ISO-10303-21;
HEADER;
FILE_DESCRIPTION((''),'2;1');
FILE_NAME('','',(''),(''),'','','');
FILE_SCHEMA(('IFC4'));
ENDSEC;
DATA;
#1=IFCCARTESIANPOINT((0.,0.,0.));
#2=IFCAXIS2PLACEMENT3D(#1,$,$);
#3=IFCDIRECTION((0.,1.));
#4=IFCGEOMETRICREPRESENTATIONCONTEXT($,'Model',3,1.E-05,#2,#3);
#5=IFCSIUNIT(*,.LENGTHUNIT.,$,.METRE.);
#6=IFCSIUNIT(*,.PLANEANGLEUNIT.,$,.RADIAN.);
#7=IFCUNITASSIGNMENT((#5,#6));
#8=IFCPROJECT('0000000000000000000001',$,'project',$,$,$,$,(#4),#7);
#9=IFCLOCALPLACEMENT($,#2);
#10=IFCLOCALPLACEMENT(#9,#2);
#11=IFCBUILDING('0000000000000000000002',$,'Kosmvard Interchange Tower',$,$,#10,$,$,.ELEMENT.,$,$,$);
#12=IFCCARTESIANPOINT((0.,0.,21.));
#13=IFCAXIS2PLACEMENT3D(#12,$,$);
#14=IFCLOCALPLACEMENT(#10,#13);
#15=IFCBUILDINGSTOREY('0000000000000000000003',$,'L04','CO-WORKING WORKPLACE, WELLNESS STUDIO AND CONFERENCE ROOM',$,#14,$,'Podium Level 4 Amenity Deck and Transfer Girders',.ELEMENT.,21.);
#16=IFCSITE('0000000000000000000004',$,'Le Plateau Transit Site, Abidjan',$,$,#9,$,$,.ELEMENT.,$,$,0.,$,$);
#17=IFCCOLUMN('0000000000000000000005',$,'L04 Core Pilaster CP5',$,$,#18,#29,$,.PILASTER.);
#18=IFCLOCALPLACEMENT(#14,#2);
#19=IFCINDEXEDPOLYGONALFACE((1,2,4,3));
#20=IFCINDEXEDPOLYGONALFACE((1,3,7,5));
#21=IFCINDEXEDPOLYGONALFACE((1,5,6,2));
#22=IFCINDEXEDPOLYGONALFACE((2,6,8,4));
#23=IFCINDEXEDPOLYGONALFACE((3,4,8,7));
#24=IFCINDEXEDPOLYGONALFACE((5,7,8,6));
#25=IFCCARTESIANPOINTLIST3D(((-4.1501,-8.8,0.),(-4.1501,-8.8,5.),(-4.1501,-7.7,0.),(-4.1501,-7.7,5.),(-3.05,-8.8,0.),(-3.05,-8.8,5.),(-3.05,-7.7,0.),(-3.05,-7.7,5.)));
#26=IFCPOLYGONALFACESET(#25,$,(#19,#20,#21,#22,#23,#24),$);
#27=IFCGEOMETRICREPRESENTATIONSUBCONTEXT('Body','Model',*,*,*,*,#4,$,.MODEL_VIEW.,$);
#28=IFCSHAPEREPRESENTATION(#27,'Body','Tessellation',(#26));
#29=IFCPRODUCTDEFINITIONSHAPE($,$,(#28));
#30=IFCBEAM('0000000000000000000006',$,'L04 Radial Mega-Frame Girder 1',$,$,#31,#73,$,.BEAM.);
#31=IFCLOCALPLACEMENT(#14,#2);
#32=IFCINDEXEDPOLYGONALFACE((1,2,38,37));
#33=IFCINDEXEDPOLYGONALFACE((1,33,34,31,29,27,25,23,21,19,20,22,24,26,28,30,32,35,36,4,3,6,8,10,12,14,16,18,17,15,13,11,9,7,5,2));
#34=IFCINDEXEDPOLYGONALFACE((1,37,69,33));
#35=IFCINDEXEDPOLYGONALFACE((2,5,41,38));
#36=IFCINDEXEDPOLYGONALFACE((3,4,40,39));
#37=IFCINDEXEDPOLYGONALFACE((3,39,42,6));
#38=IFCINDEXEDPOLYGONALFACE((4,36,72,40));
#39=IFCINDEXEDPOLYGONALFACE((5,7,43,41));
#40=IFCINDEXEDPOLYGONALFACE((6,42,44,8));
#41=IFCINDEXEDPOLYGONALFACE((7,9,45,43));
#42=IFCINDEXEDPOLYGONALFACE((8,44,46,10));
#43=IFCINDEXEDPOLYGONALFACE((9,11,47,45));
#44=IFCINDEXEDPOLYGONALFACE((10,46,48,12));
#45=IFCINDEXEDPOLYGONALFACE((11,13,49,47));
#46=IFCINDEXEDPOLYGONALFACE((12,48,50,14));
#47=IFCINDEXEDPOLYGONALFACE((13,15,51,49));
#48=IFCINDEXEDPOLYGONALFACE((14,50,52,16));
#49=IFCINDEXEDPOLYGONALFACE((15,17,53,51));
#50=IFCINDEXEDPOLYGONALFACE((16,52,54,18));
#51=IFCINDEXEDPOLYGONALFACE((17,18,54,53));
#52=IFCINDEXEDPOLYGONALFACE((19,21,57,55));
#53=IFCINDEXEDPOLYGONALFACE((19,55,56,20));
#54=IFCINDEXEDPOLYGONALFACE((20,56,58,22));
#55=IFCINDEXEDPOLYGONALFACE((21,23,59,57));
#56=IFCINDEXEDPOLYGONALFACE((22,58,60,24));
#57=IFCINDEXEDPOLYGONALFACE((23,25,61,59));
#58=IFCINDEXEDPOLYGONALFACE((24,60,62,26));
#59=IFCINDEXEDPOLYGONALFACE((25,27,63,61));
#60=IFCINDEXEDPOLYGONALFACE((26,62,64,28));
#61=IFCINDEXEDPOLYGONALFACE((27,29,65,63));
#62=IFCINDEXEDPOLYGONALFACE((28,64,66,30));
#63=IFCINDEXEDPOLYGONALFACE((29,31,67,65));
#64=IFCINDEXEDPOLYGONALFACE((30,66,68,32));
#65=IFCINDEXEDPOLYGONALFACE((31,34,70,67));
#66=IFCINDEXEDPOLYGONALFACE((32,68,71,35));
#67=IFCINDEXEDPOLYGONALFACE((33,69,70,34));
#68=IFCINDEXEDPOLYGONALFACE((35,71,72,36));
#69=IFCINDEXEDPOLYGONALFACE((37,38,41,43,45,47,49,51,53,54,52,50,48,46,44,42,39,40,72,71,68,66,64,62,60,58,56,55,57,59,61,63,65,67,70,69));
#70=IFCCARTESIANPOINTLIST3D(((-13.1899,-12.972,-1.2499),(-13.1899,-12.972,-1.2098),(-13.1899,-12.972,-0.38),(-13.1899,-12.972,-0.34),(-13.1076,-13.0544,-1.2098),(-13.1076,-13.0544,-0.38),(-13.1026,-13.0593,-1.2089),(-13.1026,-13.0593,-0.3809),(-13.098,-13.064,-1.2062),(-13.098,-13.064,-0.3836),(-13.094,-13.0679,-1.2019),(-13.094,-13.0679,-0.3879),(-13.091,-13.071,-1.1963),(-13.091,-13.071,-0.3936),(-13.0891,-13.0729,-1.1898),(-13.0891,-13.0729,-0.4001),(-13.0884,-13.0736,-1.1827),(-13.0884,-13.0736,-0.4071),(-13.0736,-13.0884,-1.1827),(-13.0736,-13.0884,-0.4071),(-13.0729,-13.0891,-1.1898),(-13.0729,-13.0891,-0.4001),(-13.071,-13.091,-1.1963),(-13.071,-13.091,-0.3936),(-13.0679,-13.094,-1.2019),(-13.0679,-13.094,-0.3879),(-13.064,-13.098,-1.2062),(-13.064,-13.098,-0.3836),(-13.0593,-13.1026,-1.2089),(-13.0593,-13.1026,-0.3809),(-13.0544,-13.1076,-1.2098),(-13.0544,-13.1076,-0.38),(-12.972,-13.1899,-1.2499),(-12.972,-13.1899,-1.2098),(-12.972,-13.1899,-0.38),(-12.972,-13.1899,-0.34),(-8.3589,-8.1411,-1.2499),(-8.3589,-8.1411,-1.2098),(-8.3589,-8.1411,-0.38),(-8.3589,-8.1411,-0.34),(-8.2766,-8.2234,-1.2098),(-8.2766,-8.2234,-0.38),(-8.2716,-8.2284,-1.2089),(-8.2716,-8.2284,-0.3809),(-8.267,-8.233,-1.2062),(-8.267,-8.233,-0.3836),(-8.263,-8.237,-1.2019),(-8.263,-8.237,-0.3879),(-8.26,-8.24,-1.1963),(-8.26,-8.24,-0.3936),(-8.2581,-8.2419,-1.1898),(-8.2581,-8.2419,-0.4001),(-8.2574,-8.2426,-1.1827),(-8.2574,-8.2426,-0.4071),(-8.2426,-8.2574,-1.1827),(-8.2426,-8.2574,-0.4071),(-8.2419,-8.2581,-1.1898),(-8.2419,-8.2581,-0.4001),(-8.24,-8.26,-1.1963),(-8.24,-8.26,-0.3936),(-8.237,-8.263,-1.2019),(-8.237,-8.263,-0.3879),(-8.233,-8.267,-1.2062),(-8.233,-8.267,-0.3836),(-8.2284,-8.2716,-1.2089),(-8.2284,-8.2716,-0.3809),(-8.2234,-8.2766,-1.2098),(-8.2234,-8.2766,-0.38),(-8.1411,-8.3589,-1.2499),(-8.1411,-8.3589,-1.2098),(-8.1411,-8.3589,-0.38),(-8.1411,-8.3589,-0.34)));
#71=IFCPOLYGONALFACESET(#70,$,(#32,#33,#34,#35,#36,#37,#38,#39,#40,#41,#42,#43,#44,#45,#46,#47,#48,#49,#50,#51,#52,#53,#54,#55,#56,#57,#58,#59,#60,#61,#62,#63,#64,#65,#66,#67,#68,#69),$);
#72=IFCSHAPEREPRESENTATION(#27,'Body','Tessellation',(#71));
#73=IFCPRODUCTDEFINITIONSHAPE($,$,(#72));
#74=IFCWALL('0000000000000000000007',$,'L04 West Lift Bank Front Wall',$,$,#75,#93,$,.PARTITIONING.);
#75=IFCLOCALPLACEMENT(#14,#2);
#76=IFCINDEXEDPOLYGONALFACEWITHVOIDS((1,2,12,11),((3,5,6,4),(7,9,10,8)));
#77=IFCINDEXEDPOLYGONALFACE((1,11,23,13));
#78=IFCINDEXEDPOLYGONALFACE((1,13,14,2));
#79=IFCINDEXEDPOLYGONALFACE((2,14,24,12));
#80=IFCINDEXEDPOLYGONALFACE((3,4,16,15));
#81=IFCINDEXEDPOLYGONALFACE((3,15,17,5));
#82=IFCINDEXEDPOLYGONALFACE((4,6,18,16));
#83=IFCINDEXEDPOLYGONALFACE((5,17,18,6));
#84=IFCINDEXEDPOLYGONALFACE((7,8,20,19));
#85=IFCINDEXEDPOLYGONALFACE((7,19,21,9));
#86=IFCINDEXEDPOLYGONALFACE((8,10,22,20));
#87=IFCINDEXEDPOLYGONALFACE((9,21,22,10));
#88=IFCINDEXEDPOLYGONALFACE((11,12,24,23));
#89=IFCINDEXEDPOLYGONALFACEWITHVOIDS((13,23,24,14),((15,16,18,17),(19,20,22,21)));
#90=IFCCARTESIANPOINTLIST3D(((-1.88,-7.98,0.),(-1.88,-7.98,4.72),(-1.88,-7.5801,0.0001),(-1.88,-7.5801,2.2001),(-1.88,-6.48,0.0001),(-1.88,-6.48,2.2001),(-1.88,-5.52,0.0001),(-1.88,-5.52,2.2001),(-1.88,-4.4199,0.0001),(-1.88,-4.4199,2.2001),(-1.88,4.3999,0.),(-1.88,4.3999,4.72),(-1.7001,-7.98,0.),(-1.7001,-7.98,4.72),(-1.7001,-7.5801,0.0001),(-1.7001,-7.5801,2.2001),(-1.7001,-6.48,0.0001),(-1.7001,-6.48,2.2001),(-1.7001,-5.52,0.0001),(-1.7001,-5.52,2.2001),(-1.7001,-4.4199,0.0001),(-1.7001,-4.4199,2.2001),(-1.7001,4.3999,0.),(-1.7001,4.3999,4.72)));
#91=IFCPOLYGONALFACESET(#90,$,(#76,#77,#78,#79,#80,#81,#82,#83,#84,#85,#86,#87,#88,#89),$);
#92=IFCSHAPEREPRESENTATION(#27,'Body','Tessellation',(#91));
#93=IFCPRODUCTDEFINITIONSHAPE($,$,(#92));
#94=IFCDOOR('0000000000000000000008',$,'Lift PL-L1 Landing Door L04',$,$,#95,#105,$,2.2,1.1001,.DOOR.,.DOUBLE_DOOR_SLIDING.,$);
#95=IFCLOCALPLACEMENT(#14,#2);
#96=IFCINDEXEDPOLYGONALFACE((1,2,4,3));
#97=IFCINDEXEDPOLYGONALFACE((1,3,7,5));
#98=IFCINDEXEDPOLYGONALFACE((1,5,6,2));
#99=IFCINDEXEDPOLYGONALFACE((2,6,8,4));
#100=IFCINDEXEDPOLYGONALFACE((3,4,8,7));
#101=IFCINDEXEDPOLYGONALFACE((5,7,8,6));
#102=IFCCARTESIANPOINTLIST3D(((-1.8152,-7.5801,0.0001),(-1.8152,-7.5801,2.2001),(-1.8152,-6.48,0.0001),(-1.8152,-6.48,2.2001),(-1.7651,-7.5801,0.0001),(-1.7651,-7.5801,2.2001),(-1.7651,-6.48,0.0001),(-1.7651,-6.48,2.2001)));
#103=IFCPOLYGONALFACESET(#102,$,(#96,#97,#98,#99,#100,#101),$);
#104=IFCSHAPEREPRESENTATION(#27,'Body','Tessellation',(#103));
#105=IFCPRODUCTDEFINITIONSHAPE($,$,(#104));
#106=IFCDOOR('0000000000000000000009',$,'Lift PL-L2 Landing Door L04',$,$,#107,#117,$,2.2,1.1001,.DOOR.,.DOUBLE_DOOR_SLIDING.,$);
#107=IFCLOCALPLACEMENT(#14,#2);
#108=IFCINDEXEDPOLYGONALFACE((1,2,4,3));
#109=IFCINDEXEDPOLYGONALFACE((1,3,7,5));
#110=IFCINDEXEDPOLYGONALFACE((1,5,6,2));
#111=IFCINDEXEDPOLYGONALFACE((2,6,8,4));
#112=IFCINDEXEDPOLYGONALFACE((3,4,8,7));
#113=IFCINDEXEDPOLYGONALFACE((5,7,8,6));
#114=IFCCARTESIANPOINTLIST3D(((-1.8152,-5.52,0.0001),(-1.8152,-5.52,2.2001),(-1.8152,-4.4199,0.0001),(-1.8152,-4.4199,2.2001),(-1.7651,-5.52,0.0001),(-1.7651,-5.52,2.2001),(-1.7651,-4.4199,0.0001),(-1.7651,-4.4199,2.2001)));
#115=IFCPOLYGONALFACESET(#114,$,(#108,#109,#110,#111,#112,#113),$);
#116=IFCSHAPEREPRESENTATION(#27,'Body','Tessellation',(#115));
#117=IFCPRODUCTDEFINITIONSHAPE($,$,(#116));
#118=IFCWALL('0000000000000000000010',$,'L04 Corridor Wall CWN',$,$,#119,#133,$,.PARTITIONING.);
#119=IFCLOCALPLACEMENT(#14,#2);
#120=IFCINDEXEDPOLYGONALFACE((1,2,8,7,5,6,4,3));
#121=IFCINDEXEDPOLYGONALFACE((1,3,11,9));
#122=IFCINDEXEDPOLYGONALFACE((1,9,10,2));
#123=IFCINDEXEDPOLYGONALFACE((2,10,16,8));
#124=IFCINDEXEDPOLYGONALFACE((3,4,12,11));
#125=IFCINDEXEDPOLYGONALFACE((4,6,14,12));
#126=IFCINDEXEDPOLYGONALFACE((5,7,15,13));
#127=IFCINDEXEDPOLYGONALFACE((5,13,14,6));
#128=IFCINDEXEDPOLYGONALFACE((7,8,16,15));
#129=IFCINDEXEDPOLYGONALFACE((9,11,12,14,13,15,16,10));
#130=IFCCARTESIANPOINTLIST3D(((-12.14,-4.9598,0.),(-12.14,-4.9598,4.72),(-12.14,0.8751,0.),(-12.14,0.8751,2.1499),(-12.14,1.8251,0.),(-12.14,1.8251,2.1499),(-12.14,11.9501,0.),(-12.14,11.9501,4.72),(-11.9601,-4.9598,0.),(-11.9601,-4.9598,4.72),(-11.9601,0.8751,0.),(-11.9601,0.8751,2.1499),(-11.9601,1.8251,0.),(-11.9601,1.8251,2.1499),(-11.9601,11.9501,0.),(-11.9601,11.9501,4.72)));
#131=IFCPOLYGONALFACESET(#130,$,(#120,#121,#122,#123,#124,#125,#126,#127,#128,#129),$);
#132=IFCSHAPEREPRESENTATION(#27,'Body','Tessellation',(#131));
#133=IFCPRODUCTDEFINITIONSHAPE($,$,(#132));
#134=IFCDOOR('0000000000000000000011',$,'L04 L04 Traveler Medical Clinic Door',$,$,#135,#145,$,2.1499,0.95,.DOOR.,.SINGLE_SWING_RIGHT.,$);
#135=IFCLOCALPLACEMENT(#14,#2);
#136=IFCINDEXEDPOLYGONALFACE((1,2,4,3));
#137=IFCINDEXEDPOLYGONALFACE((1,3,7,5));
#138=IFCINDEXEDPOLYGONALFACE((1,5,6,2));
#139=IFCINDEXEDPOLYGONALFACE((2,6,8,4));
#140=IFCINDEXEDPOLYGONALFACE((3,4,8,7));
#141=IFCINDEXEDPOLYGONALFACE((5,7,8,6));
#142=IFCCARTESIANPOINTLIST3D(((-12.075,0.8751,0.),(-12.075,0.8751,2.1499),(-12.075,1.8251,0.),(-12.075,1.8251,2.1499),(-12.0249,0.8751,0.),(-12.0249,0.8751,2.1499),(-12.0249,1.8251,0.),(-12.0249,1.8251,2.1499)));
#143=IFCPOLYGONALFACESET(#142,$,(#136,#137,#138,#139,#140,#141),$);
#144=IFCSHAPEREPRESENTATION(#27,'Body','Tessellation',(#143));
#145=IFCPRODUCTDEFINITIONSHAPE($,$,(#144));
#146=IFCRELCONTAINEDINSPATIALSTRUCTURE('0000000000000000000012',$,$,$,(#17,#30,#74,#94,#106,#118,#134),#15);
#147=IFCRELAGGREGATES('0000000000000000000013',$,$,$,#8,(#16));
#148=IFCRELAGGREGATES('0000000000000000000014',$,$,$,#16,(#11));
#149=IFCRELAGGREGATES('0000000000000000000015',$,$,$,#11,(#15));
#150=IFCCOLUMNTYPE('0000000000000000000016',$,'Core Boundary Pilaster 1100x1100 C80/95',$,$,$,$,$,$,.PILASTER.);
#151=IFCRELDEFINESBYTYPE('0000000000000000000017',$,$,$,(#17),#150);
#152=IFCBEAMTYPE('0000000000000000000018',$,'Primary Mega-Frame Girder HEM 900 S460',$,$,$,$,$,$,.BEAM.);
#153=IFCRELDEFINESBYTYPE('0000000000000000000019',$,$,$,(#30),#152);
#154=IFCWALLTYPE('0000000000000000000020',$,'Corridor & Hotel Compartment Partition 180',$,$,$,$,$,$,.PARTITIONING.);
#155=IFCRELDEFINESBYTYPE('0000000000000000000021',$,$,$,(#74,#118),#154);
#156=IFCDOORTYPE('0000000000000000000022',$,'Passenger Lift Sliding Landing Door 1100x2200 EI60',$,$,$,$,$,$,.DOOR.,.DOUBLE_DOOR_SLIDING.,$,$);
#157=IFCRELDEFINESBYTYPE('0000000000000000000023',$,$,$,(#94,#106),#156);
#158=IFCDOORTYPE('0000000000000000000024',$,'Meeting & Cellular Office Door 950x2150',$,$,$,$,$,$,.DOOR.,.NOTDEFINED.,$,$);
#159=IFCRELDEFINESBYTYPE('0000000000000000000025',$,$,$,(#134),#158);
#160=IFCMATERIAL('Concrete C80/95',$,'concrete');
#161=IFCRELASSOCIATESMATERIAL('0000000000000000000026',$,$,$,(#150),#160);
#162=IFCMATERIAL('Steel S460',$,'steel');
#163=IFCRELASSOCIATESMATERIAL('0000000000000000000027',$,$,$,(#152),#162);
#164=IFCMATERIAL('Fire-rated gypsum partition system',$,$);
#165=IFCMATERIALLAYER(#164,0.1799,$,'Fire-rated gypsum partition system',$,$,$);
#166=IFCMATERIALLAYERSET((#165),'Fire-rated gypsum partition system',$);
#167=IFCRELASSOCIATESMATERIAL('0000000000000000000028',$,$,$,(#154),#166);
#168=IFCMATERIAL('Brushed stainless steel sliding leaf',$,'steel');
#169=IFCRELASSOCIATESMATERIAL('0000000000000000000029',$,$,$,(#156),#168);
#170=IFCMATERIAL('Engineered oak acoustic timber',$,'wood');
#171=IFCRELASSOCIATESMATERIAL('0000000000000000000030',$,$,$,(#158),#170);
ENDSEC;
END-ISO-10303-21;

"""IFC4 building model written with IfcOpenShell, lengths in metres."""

from ifc_helpers import new_model, si_unit, direction, frame, frame_2d, origin, origin_2d, place, context, subcontext, project, spatial, rectangle, i_section, extrude, source, transform, mapped, material, layer, layer_set, material_profile, profile_set, type_object, element, fill, save


model = new_model("IFC4")

# Units and contexts
model_context = context("Model", 3, precision=1e-05, world=origin(), true_north=direction((0.0, 1.0)))
body_context = subcontext(model_context, "Body", "Model", "MODEL_VIEW")
ifc_project = project(units=[si_unit("LENGTHUNIT", "METRE"), si_unit("PLANEANGLEUNIT", "RADIAN")], contexts=[model_context])

# Site, building, storey
site_placement = place(None, origin())
site = spatial("IfcSite", under=ifc_project, at=site_placement, Name="Le Plateau Transit Site, Abidjan", CompositionType="ELEMENT", RefElevation=0.0)
building_placement = place(site_placement, origin())
building = spatial("IfcBuilding", under=site, at=building_placement, Name="Kosmvard Interchange Tower", CompositionType="ELEMENT")
storey_placement = place(building_placement, frame((0.0, 0.0, 21.0)))
storey = spatial("IfcBuildingStorey", under=building, at=storey_placement, Name="L04", Description="CO-WORKING WORKPLACE, WELLNESS STUDIO AND CONFERENCE ROOM", LongName="Podium Level 4 Amenity Deck and Transfer Girders", CompositionType="ELEMENT", Elevation=21.0)

# Column
ifc_material_1 = material(Name="Concrete C80/95", Category="concrete")
ifc_material_profile_1 = material_profile(ifc_material_1, rectangle(XDim=1.1001, YDim=1.1001, at=origin_2d()), Name="CP 1100x1100")
ifc_profile_set_1 = profile_set([ifc_material_profile_1], Name="Concrete C80/95")
column_type = type_object("IfcColumnType", Name="Core Boundary Pilaster 1100x1100 C80/95", PredefinedType="PILASTER", material=ifc_profile_set_1)
shared_shape_1 = source(origin(), body_context, "Body", "SweptSolid", [
    extrude(rectangle(XDim=1.1001, YDim=1.1001, at=origin_2d()), origin(), (0.0, 0.0, 1.0), 5.0),
])
column_placement = place(storey_placement, frame((-3.6001, -8.25, 0.0), z_axis=(0.0, 0.0, 1.0), x_axis=(1.0, 0.0, 0.0)))
element("IfcColumn", 1, at=column_placement, inside=storey, type_object=column_type, Name="L04 Core Pilaster CP5", PredefinedType="PILASTER", context=body_context, shape_type="MappedRepresentation", body=[
    mapped(shared_shape_1, transform((0.0, 0.0, 0.0), scale=1.0)),
])

# Beam
ifc_material_2 = material(Name="Steel S460", Category="steel")
ifc_material_profile_2 = material_profile(ifc_material_2, i_section(OverallWidth=0.3081, OverallDepth=0.9099, WebThickness=0.021, FlangeThickness=0.04, FilletRadius=0.0271, at=origin_2d()), Name="HEM 900")
ifc_profile_set_2 = profile_set([ifc_material_profile_2], Name="Steel S460")
beam_type = type_object("IfcBeamType", Name="Primary Mega-Frame Girder HEM 900 S460", PredefinedType="BEAM", material=ifc_profile_set_2)
shared_shape_2 = source(origin(), body_context, "Body", "SweptSolid", [
    extrude(i_section(OverallWidth=0.3081, OverallDepth=0.9099, WebThickness=0.021, FlangeThickness=0.04, FilletRadius=0.0271, at=origin_2d()), origin(), (0.0, 0.0, 1.0), 6.832),
])
beam_placement = place(storey_placement, frame((-8.25, -8.25, -0.7949), z_axis=(-0.707107, -0.707107, 0.0), x_axis=(0.707107, -0.707107, 0.0)))
element("IfcBeam", 2, at=beam_placement, inside=storey, type_object=beam_type, Name="L04 Radial Mega-Frame Girder 1", PredefinedType="BEAM", context=body_context, shape_type="MappedRepresentation", body=[
    mapped(shared_shape_2, transform((0.0, 0.0, 0.0), scale=1.0)),
])

# Wall, openings, doors
ifc_material_3 = material(Name="Fire-rated gypsum partition system")
ifc_layer_1 = layer(ifc_material_3, 0.1799, Name="Fire-rated gypsum partition system")
ifc_layer_set_1 = layer_set([ifc_layer_1], Name="Fire-rated gypsum partition system")
wall_type_1 = type_object("IfcWallType", Name="Corridor & Hotel Compartment Partition 180", PredefinedType="PARTITIONING", material=ifc_layer_set_1)
wall_1_placement = place(storey_placement, frame((-1.79, -7.98, 0.0), z_axis=(0.0, 0.0, 1.0), x_axis=(0.0, 1.0, 0.0)))
wall_1 = element("IfcWall", 3, at=wall_1_placement, inside=storey, type_object=wall_type_1, Name="L04 West Lift Bank Front Wall", PredefinedType="PARTITIONING", context=body_context, shape_type="SweptSolid", body=[
    extrude(rectangle(XDim=12.3799, YDim=0.1799, at=frame_2d((6.1899, 0.0))), origin(), (0.0, 0.0, 1.0), 4.72),
])
opening_1_placement = place(wall_1_placement, frame((0.3999, 0.0, 0.0)))
opening_1 = element("IfcOpeningElement", 4, at=opening_1_placement, cuts=wall_1, PredefinedType="OPENING", context=body_context, shape_type="SweptSolid", body=[
    extrude(rectangle(XDim=1.1001, YDim=2.2, at=frame_2d((0.55, 1.1001))), frame((0.0, 0.1001, 0.0), z_axis=(0.0, -1.0, 0.0), x_axis=(1.0, 0.0, 0.0)), (0.0, 0.0, 1.0), 0.2),
])
opening_2_placement = place(wall_1_placement, frame((2.46, 0.0, 0.0)))
opening_2 = element("IfcOpeningElement", 5, at=opening_2_placement, cuts=wall_1, PredefinedType="OPENING", context=body_context, shape_type="SweptSolid", body=[
    extrude(rectangle(XDim=1.1001, YDim=2.2, at=frame_2d((0.55, 1.1001))), frame((0.0, 0.1001, 0.0), z_axis=(0.0, -1.0, 0.0), x_axis=(1.0, 0.0, 0.0)), (0.0, 0.0, 1.0), 0.2),
])
ifc_material_4 = material(Name="Brushed stainless steel sliding leaf", Category="steel")
door_type_1 = type_object("IfcDoorType", Name="Passenger Lift Sliding Landing Door 1100x2200 EI60", OperationType="DOUBLE_DOOR_SLIDING", PredefinedType="DOOR", material=ifc_material_4)
shared_shape_3 = source(origin(), body_context, "Body", "SweptSolid", [
    extrude(rectangle(XDim=1.1001, YDim=2.2, at=frame_2d((0.55, 1.1001))), frame((0.0, 0.0249, 0.0), z_axis=(0.0, -1.0, 0.0), x_axis=(1.0, 0.0, 0.0)), (0.0, 0.0, 1.0), 0.05),
])
door_1_placement = place(opening_1_placement, frame((1.1001, 0.0, 0.0), z_axis=(0.0, 0.0, 1.0), x_axis=(-1.0, 0.0, 0.0)))
door_1 = element("IfcDoor", 6, at=door_1_placement, inside=storey, type_object=door_type_1, Name="Lift PL-L1 Landing Door L04", OperationType="DOUBLE_DOOR_SLIDING", OverallHeight=2.2, OverallWidth=1.1001, PredefinedType="DOOR", context=body_context, shape_type="MappedRepresentation", body=[
    mapped(shared_shape_3, transform((0.0, 0.0, 0.0), scale=1.0)),
])
fill(opening_1, door_1)
door_2_placement = place(opening_2_placement, frame((1.1001, 0.0, 0.0), z_axis=(0.0, 0.0, 1.0), x_axis=(-1.0, 0.0, 0.0)))
door_2 = element("IfcDoor", 7, at=door_2_placement, inside=storey, type_object=door_type_1, Name="Lift PL-L2 Landing Door L04", OperationType="DOUBLE_DOOR_SLIDING", OverallHeight=2.2, OverallWidth=1.1001, PredefinedType="DOOR", context=body_context, shape_type="MappedRepresentation", body=[
    mapped(shared_shape_3, transform((0.0, 0.0, 0.0), scale=1.0)),
])
fill(opening_2, door_2)

# Wall, opening, door
wall_2_placement = place(storey_placement, frame((-12.05, -4.96, 0.0), z_axis=(0.0, 0.0, 1.0), x_axis=(0.0, 1.0, 0.0)))
wall_2 = element("IfcWall", 8, at=wall_2_placement, inside=storey, type_object=wall_type_1, Name="L04 Corridor Wall CWN", PredefinedType="PARTITIONING", context=body_context, shape_type="SweptSolid", body=[
    extrude(rectangle(XDim=16.9099, YDim=0.1799, at=frame_2d((8.4551, 0.0))), origin(), (0.0, 0.0, 1.0), 4.72),
])
opening_3_placement = place(wall_2_placement, frame((5.835, 0.0, 0.0)))
opening_3 = element("IfcOpeningElement", 9, at=opening_3_placement, cuts=wall_2, PredefinedType="OPENING", context=body_context, shape_type="SweptSolid", body=[
    extrude(rectangle(XDim=0.95, YDim=2.1499, at=frame_2d((0.4751, 1.075))), frame((0.0, 0.1001, 0.0), z_axis=(0.0, -1.0, 0.0), x_axis=(1.0, 0.0, 0.0)), (0.0, 0.0, 1.0), 0.2),
])
ifc_material_5 = material(Name="Engineered oak acoustic timber", Category="wood")
door_type_2 = type_object("IfcDoorType", Name="Meeting & Cellular Office Door 950x2150", OperationType="NOTDEFINED", PredefinedType="DOOR", material=ifc_material_5)
shared_shape_4 = source(origin(), body_context, "Body", "SweptSolid", [
    extrude(rectangle(XDim=0.95, YDim=2.1499, at=frame_2d((0.4751, 1.075))), frame((0.0, 0.0249, 0.0), z_axis=(0.0, -1.0, 0.0), x_axis=(1.0, 0.0, 0.0)), (0.0, 0.0, 1.0), 0.05),
])
door_3_placement = place(opening_3_placement, origin())
door_3 = element("IfcDoor", 10, at=door_3_placement, inside=storey, type_object=door_type_2, Name="L04 L04 Traveler Medical Clinic Door", OperationType="SINGLE_SWING_RIGHT", OverallHeight=2.1499, OverallWidth=0.95, PredefinedType="DOOR", context=body_context, shape_type="MappedRepresentation", body=[
    mapped(shared_shape_4, transform((0.0, 0.0, 0.0), scale=1.0)),
])
fill(opening_3, door_3)

save(model, "model.ifc")
